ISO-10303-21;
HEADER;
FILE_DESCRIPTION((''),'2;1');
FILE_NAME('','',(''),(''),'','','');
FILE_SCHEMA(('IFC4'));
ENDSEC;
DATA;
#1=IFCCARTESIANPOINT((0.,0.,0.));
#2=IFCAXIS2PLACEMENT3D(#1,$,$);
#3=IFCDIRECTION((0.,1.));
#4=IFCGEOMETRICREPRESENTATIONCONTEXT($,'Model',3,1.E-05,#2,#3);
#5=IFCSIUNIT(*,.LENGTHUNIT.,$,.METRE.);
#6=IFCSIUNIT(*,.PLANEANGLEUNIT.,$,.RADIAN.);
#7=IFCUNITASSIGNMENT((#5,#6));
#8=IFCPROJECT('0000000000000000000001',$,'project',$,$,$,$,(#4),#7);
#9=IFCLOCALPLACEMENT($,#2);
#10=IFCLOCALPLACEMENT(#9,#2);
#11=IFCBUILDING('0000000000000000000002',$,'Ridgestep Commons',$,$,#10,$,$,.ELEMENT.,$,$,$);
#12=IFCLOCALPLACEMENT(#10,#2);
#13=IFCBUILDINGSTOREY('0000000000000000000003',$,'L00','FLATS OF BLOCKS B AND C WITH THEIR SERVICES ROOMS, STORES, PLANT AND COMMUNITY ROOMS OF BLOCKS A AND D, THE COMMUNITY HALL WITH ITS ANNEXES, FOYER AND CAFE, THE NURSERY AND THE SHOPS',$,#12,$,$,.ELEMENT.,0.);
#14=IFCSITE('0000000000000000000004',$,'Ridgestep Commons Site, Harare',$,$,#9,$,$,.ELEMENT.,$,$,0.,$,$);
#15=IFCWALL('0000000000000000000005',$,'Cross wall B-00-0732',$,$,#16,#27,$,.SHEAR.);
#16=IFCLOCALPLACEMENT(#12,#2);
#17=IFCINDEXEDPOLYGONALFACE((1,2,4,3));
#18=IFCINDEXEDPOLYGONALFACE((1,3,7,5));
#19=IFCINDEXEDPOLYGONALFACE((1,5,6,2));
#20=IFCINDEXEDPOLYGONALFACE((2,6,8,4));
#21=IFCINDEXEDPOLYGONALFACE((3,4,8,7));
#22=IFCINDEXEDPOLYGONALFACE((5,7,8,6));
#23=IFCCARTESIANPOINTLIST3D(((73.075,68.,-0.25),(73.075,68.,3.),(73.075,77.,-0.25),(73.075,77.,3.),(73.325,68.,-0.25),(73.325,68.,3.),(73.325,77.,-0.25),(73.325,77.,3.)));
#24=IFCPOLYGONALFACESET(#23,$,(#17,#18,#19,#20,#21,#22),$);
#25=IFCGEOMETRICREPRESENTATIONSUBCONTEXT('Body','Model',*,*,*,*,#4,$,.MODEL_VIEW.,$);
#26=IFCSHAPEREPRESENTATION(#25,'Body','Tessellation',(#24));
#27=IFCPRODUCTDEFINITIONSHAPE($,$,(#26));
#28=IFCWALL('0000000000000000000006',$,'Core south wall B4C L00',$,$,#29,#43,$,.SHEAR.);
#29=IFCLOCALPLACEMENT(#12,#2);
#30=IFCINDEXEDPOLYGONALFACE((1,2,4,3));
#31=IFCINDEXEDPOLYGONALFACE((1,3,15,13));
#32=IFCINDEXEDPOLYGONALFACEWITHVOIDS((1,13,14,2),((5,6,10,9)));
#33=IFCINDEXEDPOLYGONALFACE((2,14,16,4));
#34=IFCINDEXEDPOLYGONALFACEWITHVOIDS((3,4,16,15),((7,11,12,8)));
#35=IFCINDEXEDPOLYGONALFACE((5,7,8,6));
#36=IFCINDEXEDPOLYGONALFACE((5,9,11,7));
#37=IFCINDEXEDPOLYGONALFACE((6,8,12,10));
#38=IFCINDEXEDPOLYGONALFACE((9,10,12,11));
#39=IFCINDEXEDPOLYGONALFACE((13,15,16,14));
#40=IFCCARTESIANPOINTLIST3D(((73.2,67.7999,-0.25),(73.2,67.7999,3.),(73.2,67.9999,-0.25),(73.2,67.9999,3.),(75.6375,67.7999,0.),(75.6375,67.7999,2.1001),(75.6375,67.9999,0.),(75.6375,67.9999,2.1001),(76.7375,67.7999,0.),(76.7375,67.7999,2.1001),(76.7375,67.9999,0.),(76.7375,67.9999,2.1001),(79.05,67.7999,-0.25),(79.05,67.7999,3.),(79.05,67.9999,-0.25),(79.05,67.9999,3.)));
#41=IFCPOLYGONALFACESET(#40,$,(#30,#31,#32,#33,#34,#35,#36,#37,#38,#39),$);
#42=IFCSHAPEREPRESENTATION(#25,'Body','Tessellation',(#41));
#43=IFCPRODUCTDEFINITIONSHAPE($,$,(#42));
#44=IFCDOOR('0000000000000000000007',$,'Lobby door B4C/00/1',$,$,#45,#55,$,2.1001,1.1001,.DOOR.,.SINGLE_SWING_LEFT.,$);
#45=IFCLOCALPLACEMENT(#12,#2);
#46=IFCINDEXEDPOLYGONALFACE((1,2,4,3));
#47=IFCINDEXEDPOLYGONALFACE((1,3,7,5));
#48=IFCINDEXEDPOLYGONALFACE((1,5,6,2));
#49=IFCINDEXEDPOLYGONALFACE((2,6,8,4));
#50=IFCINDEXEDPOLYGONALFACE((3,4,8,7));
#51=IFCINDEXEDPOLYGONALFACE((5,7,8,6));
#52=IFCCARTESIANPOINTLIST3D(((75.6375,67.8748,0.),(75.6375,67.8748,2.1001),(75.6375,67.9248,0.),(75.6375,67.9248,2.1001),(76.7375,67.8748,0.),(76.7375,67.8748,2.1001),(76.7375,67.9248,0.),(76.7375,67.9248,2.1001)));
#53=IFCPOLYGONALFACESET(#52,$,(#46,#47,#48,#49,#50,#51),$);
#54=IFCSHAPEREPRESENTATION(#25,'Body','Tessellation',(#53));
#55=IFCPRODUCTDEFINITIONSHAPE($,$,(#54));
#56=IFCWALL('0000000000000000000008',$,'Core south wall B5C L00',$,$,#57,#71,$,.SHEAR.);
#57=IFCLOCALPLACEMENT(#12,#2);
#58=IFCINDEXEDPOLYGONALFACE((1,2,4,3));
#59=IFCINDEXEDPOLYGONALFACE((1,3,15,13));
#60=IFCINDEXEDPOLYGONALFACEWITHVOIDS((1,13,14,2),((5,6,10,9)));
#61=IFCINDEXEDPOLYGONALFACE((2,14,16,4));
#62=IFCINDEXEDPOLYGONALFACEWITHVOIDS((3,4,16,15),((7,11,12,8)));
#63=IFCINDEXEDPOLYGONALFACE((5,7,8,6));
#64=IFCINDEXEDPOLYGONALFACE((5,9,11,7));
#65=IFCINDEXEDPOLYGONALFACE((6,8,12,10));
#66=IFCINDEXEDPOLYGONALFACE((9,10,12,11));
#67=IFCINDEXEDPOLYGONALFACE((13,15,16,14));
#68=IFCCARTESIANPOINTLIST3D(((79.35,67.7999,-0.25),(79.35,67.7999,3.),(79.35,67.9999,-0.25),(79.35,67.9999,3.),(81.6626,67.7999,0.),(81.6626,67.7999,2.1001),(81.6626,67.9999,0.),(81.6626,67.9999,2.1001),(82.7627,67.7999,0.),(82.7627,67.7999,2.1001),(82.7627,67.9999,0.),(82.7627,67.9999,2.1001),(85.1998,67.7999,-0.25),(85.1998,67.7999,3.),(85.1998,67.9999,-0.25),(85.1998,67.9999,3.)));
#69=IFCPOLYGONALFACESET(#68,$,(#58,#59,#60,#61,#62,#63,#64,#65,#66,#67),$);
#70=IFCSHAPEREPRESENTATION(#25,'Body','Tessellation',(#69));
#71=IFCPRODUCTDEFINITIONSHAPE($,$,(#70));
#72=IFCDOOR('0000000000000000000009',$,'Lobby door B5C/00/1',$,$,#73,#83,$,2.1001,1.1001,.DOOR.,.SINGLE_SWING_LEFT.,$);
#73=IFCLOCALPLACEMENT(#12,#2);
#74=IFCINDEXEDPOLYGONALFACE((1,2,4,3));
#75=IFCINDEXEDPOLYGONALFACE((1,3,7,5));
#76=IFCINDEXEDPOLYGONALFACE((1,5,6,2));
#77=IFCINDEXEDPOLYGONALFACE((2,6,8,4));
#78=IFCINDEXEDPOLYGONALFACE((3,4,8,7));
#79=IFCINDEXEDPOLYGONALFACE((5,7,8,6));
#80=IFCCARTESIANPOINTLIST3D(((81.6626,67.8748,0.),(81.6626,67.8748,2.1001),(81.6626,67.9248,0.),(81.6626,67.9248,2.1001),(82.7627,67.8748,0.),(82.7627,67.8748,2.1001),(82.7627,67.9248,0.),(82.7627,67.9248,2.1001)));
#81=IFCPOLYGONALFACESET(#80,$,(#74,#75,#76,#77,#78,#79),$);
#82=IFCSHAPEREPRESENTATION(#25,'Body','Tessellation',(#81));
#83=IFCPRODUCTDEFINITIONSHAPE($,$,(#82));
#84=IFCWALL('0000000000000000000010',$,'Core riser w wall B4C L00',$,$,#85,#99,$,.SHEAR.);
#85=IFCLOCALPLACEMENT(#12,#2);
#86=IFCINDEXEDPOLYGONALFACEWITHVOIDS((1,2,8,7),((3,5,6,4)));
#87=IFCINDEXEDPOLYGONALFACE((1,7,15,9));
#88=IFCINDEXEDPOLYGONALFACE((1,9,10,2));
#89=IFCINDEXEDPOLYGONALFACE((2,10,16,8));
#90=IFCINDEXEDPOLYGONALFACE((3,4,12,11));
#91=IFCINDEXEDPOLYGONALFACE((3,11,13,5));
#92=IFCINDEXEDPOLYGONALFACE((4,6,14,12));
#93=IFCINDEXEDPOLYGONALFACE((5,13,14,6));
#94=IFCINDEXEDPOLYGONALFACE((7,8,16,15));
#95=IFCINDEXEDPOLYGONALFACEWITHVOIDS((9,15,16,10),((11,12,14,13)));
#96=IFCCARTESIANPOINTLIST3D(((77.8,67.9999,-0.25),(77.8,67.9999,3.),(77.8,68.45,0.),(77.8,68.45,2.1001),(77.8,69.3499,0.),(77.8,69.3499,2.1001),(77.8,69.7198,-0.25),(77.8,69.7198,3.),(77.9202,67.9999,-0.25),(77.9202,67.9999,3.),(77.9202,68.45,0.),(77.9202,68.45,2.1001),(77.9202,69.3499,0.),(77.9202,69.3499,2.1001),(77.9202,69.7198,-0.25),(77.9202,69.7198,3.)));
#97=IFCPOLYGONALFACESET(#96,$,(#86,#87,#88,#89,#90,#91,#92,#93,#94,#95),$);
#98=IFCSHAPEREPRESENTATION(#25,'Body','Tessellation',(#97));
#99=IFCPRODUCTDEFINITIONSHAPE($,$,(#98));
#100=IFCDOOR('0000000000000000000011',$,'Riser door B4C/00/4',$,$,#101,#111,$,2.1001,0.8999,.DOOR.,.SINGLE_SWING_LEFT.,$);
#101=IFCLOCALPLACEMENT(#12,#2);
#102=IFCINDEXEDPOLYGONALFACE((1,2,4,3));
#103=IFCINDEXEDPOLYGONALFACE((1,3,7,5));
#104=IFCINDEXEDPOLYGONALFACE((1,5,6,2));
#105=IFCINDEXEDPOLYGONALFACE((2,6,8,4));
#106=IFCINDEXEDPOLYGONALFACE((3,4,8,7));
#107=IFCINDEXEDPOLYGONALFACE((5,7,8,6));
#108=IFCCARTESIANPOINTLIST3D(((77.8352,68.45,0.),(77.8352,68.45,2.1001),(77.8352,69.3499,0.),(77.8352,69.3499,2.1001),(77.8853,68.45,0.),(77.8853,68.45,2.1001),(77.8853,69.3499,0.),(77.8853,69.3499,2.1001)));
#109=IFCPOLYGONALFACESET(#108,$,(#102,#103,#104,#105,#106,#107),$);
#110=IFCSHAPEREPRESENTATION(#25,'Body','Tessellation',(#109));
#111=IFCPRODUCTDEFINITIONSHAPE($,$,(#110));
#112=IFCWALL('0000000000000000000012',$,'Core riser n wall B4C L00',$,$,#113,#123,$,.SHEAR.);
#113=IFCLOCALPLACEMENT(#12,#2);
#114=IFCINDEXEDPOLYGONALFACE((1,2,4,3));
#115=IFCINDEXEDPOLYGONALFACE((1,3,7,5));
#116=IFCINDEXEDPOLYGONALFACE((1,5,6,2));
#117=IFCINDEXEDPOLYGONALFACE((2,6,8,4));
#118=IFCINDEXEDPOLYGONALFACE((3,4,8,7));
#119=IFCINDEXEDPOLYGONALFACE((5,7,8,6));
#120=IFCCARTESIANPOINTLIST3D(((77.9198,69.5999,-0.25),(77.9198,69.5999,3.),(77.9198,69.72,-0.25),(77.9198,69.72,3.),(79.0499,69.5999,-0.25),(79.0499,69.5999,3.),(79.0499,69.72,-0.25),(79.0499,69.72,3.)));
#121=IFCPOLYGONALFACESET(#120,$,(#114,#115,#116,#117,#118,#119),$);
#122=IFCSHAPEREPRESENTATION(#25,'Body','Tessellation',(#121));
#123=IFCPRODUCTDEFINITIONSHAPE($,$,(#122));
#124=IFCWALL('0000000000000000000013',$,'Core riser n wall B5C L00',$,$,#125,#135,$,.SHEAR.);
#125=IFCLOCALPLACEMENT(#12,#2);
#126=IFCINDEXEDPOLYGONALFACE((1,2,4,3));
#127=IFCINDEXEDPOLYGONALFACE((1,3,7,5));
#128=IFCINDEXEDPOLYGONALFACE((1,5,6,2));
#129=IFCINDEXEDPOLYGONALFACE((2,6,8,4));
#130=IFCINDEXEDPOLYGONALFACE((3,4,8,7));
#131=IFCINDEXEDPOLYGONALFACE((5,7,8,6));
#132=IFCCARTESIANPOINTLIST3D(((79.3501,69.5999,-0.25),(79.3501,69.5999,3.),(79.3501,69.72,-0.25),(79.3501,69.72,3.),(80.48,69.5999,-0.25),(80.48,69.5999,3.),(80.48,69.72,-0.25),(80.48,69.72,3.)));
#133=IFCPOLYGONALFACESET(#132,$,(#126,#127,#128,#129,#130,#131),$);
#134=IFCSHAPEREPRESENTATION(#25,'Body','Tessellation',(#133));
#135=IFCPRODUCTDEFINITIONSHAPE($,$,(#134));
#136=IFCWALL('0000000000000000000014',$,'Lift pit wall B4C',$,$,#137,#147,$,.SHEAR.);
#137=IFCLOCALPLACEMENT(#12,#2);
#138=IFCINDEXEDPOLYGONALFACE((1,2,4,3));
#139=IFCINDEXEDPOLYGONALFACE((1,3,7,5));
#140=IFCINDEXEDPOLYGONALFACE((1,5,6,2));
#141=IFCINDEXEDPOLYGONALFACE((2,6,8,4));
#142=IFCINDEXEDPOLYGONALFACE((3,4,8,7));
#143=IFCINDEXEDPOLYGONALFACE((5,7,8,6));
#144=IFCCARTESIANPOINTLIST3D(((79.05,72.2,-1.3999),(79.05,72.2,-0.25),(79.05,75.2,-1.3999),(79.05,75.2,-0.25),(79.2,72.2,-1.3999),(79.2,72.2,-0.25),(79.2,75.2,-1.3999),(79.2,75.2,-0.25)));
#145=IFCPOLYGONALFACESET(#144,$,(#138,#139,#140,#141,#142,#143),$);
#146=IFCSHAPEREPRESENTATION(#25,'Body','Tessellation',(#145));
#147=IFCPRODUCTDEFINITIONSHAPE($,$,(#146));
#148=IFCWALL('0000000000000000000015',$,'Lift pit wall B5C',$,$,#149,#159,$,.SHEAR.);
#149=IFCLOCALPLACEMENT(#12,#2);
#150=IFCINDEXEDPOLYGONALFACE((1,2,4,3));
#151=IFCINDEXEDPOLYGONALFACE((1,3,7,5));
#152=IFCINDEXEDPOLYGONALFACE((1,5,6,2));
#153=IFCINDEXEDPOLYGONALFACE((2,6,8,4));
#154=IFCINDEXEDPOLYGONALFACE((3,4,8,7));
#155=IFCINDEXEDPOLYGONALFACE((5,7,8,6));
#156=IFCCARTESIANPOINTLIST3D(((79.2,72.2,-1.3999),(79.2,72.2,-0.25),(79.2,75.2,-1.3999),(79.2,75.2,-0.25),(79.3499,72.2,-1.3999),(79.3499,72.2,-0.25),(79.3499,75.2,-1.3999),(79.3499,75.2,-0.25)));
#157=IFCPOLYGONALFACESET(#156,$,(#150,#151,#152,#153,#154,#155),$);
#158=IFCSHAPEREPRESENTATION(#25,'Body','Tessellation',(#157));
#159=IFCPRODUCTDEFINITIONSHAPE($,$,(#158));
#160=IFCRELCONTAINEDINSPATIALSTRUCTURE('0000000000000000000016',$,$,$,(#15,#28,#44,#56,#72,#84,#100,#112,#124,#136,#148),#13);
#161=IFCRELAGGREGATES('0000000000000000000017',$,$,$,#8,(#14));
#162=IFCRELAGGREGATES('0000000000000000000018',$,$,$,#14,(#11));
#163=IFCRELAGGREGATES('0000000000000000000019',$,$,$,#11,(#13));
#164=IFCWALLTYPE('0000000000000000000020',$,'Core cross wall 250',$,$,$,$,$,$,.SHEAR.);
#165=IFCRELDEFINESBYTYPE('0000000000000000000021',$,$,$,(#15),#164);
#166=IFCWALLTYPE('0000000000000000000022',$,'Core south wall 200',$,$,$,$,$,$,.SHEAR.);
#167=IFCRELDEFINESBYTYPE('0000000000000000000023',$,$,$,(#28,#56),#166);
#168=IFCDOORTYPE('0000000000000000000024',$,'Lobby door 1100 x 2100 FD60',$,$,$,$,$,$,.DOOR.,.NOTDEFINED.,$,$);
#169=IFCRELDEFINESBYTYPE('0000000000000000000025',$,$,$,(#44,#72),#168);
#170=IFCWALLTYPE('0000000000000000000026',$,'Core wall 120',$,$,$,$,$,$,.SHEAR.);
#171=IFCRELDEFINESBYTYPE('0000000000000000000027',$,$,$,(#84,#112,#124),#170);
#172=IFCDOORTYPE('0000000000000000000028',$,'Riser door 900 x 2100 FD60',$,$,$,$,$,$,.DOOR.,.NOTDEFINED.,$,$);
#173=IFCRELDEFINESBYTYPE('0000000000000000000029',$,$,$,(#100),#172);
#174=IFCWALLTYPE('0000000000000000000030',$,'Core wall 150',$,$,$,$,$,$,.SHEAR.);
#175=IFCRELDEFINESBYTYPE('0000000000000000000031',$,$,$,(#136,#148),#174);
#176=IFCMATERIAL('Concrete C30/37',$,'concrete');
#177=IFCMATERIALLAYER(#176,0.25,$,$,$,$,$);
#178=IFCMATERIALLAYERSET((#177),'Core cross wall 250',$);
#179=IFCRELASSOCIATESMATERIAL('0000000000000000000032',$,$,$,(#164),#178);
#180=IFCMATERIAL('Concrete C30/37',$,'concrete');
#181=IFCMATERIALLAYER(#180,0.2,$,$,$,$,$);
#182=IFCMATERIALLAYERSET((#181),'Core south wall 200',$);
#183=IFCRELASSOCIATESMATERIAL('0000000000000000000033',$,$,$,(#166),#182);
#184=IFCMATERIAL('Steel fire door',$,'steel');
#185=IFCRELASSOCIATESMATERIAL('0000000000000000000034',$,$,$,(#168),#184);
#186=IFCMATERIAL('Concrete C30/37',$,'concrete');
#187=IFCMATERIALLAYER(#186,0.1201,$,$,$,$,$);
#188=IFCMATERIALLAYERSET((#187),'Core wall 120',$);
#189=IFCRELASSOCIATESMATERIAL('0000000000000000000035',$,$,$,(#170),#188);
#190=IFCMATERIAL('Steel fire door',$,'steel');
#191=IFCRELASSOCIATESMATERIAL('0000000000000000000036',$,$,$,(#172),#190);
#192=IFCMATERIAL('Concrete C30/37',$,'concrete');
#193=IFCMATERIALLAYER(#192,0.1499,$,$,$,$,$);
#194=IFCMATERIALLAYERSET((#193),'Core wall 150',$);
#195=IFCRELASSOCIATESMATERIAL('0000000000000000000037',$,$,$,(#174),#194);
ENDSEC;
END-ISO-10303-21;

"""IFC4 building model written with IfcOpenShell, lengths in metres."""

from ifc_helpers import new_model, si_unit, direction, frame, frame_2d, origin, place, context, subcontext, project, spatial, rectangle, extrude, material, layer, layer_set, type_object, element, fill, save


model = new_model("IFC4")

# Units and contexts
model_context = context("Model", 3, precision=1e-05, world=origin(), true_north=direction((0.0, 1.0)))
body_context = subcontext(model_context, "Body", "Model", "MODEL_VIEW")
ifc_project = project(units=[si_unit("LENGTHUNIT", "METRE"), si_unit("PLANEANGLEUNIT", "RADIAN")], contexts=[model_context])

# Site, building, storey
site_placement = place(None, origin())
site = spatial("IfcSite", under=ifc_project, at=site_placement, Name="Ridgestep Commons Site, Harare", CompositionType="ELEMENT", RefElevation=0.0)
building_placement = place(site_placement, origin())
building = spatial("IfcBuilding", under=site, at=building_placement, Name="Ridgestep Commons", CompositionType="ELEMENT")
storey_placement = place(building_placement, origin())
storey = spatial("IfcBuildingStorey", under=building, at=storey_placement, Name="L00", Description="FLATS OF BLOCKS B AND C WITH THEIR SERVICES ROOMS, STORES, PLANT AND COMMUNITY ROOMS OF BLOCKS A AND D, THE COMMUNITY HALL WITH ITS ANNEXES, FOYER AND CAFE, THE NURSERY AND THE SHOPS", CompositionType="ELEMENT", Elevation=0.0)

# Wall
ifc_material_1 = material(Name="Concrete C30/37", Category="concrete")
ifc_layer_1 = layer(ifc_material_1, 0.25)
ifc_layer_set_1 = layer_set([ifc_layer_1], Name="Core cross wall 250")
wall_type_1 = type_object("IfcWallType", Name="Core cross wall 250", PredefinedType="SHEAR", material=ifc_layer_set_1)
wall_1_placement = place(storey_placement, frame((73.2, 68.0, -0.25), z_axis=(0.0, 0.0, 1.0), x_axis=(0.0, 1.0, 0.0)))
element("IfcWall", 1, at=wall_1_placement, inside=storey, type_object=wall_type_1, Name="Cross wall B-00-0732", PredefinedType="SHEAR", context=body_context, shape_type="SweptSolid", body=[
    extrude(rectangle(XDim=9.0, YDim=0.25, at=frame_2d((4.5, 0.0))), origin(), (0.0, 0.0, 1.0), 3.25),
])

# Walls, openings, doors
ifc_material_2 = material(Name="Concrete C30/37", Category="concrete")
ifc_layer_2 = layer(ifc_material_2, 0.2)
ifc_layer_set_2 = layer_set([ifc_layer_2], Name="Core south wall 200")
wall_type_2 = type_object("IfcWallType", Name="Core south wall 200", PredefinedType="SHEAR", material=ifc_layer_set_2)
wall_2_placement = place(storey_placement, frame((73.2, 67.8999, -0.25), z_axis=(0.0, 0.0, 1.0), x_axis=(1.0, 0.0, 0.0)))
wall_2 = element("IfcWall", 2, at=wall_2_placement, inside=storey, type_object=wall_type_2, Name="Core south wall B4C L00", PredefinedType="SHEAR", context=body_context, shape_type="SweptSolid", body=[
    extrude(rectangle(XDim=5.8501, YDim=0.2, at=frame_2d((2.925, 0.0))), origin(), (0.0, 0.0, 1.0), 3.25),
])
opening_1_placement = place(wall_2_placement, frame((2.4375, 0.0, 0.25)))
opening_1 = element("IfcOpeningElement", 3, at=opening_1_placement, cuts=wall_2, PredefinedType="OPENING", context=body_context, shape_type="SweptSolid", body=[
    extrude(rectangle(XDim=1.1001, YDim=2.1001, at=frame_2d((0.55, 1.05))), frame((0.0, 0.1099, 0.0), z_axis=(0.0, -1.0, 0.0), x_axis=(1.0, 0.0, 0.0)), (0.0, 0.0, 1.0), 0.22),
])
ifc_material_3 = material(Name="Steel fire door", Category="steel")
door_type_1 = type_object("IfcDoorType", Name="Lobby door 1100 x 2100 FD60", OperationType="NOTDEFINED", PredefinedType="DOOR", material=ifc_material_3)
door_1_placement = place(opening_1_placement, origin())
door_1 = element("IfcDoor", 4, at=door_1_placement, inside=storey, type_object=door_type_1, Name="Lobby door B4C/00/1", OperationType="SINGLE_SWING_LEFT", OverallHeight=2.1001, OverallWidth=1.1001, PredefinedType="DOOR", context=body_context, shape_type="SweptSolid", body=[
    extrude(rectangle(XDim=1.1001, YDim=2.1001, at=frame_2d((0.55, 1.05))), frame((0.0, 0.0249, 0.0), z_axis=(0.0, -1.0, 0.0), x_axis=(1.0, 0.0, 0.0)), (0.0, 0.0, 1.0), 0.05),
])
fill(opening_1, door_1)
wall_3_placement = place(storey_placement, frame((79.3501, 67.8999, -0.25), z_axis=(0.0, 0.0, 1.0), x_axis=(1.0, 0.0, 0.0)))
wall_3 = element("IfcWall", 5, at=wall_3_placement, inside=storey, type_object=wall_type_2, Name="Core south wall B5C L00", PredefinedType="SHEAR", context=body_context, shape_type="SweptSolid", body=[
    extrude(rectangle(XDim=5.8499, YDim=0.2, at=frame_2d((2.9248, 0.0))), origin(), (0.0, 0.0, 1.0), 3.25),
])
opening_2_placement = place(wall_3_placement, frame((2.3125, 0.0, 0.25)))
opening_2 = element("IfcOpeningElement", 6, at=opening_2_placement, cuts=wall_3, PredefinedType="OPENING", context=body_context, shape_type="SweptSolid", body=[
    extrude(rectangle(XDim=1.1001, YDim=2.1001, at=frame_2d((0.55, 1.05))), frame((0.0, 0.1099, 0.0), z_axis=(0.0, -1.0, 0.0), x_axis=(1.0, 0.0, 0.0)), (0.0, 0.0, 1.0), 0.22),
])
door_2_placement = place(opening_2_placement, origin())
door_2 = element("IfcDoor", 7, at=door_2_placement, inside=storey, type_object=door_type_1, Name="Lobby door B5C/00/1", OperationType="SINGLE_SWING_LEFT", OverallHeight=2.1001, OverallWidth=1.1001, PredefinedType="DOOR", context=body_context, shape_type="SweptSolid", body=[
    extrude(rectangle(XDim=1.1001, YDim=2.1001, at=frame_2d((0.55, 1.05))), frame((0.0, 0.0249, 0.0), z_axis=(0.0, -1.0, 0.0), x_axis=(1.0, 0.0, 0.0)), (0.0, 0.0, 1.0), 0.05),
])
fill(opening_2, door_2)
ifc_material_4 = material(Name="Concrete C30/37", Category="concrete")
ifc_layer_3 = layer(ifc_material_4, 0.1201)
ifc_layer_set_3 = layer_set([ifc_layer_3], Name="Core wall 120")
wall_type_3 = type_object("IfcWallType", Name="Core wall 120", PredefinedType="SHEAR", material=ifc_layer_set_3)
wall_4_placement = place(storey_placement, frame((77.8601, 68.0, -0.25), z_axis=(0.0, 0.0, 1.0), x_axis=(0.0, 1.0, 0.0)))
wall_4 = element("IfcWall", 8, at=wall_4_placement, inside=storey, type_object=wall_type_3, Name="Core riser w wall B4C L00", PredefinedType="SHEAR", context=body_context, shape_type="SweptSolid", body=[
    extrude(rectangle(XDim=1.72, YDim=0.1201, at=frame_2d((0.8599, 0.0))), origin(), (0.0, 0.0, 1.0), 3.25),
])
opening_3_placement = place(wall_4_placement, frame((0.45, 0.0, 0.25)))
opening_3 = element("IfcOpeningElement", 9, at=opening_3_placement, cuts=wall_4, PredefinedType="OPENING", context=body_context, shape_type="SweptSolid", body=[
    extrude(rectangle(XDim=0.8999, YDim=2.1001, at=frame_2d((0.45, 1.05))), frame((0.0, 0.0701, 0.0), z_axis=(0.0, -1.0, 0.0), x_axis=(1.0, 0.0, 0.0)), (0.0, 0.0, 1.0), 0.1401),
])
ifc_material_5 = material(Name="Steel fire door", Category="steel")
door_type_2 = type_object("IfcDoorType", Name="Riser door 900 x 2100 FD60", OperationType="NOTDEFINED", PredefinedType="DOOR", material=ifc_material_5)
door_3_placement = place(opening_3_placement, origin())
door_3 = element("IfcDoor", 10, at=door_3_placement, inside=storey, type_object=door_type_2, Name="Riser door B4C/00/4", OperationType="SINGLE_SWING_LEFT", OverallHeight=2.1001, OverallWidth=0.8999, PredefinedType="DOOR", context=body_context, shape_type="SweptSolid", body=[
    extrude(rectangle(XDim=0.8999, YDim=2.1001, at=frame_2d((0.45, 1.05))), frame((0.0, 0.0249, 0.0), z_axis=(0.0, -1.0, 0.0), x_axis=(1.0, 0.0, 0.0)), (0.0, 0.0, 1.0), 0.05),
])
fill(opening_3, door_3)

# Walls
wall_5_placement = place(storey_placement, frame((77.9199, 69.6599, -0.25), z_axis=(0.0, 0.0, 1.0), x_axis=(1.0, 0.0, 0.0)))
element("IfcWall", 11, at=wall_5_placement, inside=storey, type_object=wall_type_3, Name="Core riser n wall B4C L00", PredefinedType="SHEAR", context=body_context, shape_type="SweptSolid", body=[
    extrude(rectangle(XDim=1.1301, YDim=0.1201, at=frame_2d((0.5649, 0.0))), origin(), (0.0, 0.0, 1.0), 3.25),
])
wall_6_placement = place(storey_placement, frame((79.3501, 69.6599, -0.25), z_axis=(0.0, 0.0, 1.0), x_axis=(1.0, 0.0, 0.0)))
element("IfcWall", 12, at=wall_6_placement, inside=storey, type_object=wall_type_3, Name="Core riser n wall B5C L00", PredefinedType="SHEAR", context=body_context, shape_type="SweptSolid", body=[
    extrude(rectangle(XDim=1.1299, YDim=0.1201, at=frame_2d((0.5649, 0.0))), origin(), (0.0, 0.0, 1.0), 3.25),
])
ifc_material_6 = material(Name="Concrete C30/37", Category="concrete")
ifc_layer_4 = layer(ifc_material_6, 0.1499)
ifc_layer_set_4 = layer_set([ifc_layer_4], Name="Core wall 150")
wall_type_4 = type_object("IfcWallType", Name="Core wall 150", PredefinedType="SHEAR", material=ifc_layer_set_4)
for number, where, z_axis, x_axis, name in (
    (13, (79.125, 72.2, -1.3999), (0.0, 0.0, 1.0), (0.0, 1.0, 0.0), "Lift pit wall B4C"),
    (14, (79.2749, 72.2, -1.3999), (0.0, 0.0, 1.0), (0.0, 1.0, 0.0), "Lift pit wall B5C"),
):
    element("IfcWall", number, at=place(storey_placement, frame(where, z_axis=z_axis, x_axis=x_axis)), inside=storey, type_object=wall_type_4, Name=name, PredefinedType="SHEAR", context=body_context, shape_type="SweptSolid", body=[
        extrude(rectangle(XDim=3.0, YDim=0.1499, at=frame_2d((1.5, 0.0))), origin(), (0.0, 0.0, 1.0), 1.1499),
    ])

save(model, "model.ifc")
